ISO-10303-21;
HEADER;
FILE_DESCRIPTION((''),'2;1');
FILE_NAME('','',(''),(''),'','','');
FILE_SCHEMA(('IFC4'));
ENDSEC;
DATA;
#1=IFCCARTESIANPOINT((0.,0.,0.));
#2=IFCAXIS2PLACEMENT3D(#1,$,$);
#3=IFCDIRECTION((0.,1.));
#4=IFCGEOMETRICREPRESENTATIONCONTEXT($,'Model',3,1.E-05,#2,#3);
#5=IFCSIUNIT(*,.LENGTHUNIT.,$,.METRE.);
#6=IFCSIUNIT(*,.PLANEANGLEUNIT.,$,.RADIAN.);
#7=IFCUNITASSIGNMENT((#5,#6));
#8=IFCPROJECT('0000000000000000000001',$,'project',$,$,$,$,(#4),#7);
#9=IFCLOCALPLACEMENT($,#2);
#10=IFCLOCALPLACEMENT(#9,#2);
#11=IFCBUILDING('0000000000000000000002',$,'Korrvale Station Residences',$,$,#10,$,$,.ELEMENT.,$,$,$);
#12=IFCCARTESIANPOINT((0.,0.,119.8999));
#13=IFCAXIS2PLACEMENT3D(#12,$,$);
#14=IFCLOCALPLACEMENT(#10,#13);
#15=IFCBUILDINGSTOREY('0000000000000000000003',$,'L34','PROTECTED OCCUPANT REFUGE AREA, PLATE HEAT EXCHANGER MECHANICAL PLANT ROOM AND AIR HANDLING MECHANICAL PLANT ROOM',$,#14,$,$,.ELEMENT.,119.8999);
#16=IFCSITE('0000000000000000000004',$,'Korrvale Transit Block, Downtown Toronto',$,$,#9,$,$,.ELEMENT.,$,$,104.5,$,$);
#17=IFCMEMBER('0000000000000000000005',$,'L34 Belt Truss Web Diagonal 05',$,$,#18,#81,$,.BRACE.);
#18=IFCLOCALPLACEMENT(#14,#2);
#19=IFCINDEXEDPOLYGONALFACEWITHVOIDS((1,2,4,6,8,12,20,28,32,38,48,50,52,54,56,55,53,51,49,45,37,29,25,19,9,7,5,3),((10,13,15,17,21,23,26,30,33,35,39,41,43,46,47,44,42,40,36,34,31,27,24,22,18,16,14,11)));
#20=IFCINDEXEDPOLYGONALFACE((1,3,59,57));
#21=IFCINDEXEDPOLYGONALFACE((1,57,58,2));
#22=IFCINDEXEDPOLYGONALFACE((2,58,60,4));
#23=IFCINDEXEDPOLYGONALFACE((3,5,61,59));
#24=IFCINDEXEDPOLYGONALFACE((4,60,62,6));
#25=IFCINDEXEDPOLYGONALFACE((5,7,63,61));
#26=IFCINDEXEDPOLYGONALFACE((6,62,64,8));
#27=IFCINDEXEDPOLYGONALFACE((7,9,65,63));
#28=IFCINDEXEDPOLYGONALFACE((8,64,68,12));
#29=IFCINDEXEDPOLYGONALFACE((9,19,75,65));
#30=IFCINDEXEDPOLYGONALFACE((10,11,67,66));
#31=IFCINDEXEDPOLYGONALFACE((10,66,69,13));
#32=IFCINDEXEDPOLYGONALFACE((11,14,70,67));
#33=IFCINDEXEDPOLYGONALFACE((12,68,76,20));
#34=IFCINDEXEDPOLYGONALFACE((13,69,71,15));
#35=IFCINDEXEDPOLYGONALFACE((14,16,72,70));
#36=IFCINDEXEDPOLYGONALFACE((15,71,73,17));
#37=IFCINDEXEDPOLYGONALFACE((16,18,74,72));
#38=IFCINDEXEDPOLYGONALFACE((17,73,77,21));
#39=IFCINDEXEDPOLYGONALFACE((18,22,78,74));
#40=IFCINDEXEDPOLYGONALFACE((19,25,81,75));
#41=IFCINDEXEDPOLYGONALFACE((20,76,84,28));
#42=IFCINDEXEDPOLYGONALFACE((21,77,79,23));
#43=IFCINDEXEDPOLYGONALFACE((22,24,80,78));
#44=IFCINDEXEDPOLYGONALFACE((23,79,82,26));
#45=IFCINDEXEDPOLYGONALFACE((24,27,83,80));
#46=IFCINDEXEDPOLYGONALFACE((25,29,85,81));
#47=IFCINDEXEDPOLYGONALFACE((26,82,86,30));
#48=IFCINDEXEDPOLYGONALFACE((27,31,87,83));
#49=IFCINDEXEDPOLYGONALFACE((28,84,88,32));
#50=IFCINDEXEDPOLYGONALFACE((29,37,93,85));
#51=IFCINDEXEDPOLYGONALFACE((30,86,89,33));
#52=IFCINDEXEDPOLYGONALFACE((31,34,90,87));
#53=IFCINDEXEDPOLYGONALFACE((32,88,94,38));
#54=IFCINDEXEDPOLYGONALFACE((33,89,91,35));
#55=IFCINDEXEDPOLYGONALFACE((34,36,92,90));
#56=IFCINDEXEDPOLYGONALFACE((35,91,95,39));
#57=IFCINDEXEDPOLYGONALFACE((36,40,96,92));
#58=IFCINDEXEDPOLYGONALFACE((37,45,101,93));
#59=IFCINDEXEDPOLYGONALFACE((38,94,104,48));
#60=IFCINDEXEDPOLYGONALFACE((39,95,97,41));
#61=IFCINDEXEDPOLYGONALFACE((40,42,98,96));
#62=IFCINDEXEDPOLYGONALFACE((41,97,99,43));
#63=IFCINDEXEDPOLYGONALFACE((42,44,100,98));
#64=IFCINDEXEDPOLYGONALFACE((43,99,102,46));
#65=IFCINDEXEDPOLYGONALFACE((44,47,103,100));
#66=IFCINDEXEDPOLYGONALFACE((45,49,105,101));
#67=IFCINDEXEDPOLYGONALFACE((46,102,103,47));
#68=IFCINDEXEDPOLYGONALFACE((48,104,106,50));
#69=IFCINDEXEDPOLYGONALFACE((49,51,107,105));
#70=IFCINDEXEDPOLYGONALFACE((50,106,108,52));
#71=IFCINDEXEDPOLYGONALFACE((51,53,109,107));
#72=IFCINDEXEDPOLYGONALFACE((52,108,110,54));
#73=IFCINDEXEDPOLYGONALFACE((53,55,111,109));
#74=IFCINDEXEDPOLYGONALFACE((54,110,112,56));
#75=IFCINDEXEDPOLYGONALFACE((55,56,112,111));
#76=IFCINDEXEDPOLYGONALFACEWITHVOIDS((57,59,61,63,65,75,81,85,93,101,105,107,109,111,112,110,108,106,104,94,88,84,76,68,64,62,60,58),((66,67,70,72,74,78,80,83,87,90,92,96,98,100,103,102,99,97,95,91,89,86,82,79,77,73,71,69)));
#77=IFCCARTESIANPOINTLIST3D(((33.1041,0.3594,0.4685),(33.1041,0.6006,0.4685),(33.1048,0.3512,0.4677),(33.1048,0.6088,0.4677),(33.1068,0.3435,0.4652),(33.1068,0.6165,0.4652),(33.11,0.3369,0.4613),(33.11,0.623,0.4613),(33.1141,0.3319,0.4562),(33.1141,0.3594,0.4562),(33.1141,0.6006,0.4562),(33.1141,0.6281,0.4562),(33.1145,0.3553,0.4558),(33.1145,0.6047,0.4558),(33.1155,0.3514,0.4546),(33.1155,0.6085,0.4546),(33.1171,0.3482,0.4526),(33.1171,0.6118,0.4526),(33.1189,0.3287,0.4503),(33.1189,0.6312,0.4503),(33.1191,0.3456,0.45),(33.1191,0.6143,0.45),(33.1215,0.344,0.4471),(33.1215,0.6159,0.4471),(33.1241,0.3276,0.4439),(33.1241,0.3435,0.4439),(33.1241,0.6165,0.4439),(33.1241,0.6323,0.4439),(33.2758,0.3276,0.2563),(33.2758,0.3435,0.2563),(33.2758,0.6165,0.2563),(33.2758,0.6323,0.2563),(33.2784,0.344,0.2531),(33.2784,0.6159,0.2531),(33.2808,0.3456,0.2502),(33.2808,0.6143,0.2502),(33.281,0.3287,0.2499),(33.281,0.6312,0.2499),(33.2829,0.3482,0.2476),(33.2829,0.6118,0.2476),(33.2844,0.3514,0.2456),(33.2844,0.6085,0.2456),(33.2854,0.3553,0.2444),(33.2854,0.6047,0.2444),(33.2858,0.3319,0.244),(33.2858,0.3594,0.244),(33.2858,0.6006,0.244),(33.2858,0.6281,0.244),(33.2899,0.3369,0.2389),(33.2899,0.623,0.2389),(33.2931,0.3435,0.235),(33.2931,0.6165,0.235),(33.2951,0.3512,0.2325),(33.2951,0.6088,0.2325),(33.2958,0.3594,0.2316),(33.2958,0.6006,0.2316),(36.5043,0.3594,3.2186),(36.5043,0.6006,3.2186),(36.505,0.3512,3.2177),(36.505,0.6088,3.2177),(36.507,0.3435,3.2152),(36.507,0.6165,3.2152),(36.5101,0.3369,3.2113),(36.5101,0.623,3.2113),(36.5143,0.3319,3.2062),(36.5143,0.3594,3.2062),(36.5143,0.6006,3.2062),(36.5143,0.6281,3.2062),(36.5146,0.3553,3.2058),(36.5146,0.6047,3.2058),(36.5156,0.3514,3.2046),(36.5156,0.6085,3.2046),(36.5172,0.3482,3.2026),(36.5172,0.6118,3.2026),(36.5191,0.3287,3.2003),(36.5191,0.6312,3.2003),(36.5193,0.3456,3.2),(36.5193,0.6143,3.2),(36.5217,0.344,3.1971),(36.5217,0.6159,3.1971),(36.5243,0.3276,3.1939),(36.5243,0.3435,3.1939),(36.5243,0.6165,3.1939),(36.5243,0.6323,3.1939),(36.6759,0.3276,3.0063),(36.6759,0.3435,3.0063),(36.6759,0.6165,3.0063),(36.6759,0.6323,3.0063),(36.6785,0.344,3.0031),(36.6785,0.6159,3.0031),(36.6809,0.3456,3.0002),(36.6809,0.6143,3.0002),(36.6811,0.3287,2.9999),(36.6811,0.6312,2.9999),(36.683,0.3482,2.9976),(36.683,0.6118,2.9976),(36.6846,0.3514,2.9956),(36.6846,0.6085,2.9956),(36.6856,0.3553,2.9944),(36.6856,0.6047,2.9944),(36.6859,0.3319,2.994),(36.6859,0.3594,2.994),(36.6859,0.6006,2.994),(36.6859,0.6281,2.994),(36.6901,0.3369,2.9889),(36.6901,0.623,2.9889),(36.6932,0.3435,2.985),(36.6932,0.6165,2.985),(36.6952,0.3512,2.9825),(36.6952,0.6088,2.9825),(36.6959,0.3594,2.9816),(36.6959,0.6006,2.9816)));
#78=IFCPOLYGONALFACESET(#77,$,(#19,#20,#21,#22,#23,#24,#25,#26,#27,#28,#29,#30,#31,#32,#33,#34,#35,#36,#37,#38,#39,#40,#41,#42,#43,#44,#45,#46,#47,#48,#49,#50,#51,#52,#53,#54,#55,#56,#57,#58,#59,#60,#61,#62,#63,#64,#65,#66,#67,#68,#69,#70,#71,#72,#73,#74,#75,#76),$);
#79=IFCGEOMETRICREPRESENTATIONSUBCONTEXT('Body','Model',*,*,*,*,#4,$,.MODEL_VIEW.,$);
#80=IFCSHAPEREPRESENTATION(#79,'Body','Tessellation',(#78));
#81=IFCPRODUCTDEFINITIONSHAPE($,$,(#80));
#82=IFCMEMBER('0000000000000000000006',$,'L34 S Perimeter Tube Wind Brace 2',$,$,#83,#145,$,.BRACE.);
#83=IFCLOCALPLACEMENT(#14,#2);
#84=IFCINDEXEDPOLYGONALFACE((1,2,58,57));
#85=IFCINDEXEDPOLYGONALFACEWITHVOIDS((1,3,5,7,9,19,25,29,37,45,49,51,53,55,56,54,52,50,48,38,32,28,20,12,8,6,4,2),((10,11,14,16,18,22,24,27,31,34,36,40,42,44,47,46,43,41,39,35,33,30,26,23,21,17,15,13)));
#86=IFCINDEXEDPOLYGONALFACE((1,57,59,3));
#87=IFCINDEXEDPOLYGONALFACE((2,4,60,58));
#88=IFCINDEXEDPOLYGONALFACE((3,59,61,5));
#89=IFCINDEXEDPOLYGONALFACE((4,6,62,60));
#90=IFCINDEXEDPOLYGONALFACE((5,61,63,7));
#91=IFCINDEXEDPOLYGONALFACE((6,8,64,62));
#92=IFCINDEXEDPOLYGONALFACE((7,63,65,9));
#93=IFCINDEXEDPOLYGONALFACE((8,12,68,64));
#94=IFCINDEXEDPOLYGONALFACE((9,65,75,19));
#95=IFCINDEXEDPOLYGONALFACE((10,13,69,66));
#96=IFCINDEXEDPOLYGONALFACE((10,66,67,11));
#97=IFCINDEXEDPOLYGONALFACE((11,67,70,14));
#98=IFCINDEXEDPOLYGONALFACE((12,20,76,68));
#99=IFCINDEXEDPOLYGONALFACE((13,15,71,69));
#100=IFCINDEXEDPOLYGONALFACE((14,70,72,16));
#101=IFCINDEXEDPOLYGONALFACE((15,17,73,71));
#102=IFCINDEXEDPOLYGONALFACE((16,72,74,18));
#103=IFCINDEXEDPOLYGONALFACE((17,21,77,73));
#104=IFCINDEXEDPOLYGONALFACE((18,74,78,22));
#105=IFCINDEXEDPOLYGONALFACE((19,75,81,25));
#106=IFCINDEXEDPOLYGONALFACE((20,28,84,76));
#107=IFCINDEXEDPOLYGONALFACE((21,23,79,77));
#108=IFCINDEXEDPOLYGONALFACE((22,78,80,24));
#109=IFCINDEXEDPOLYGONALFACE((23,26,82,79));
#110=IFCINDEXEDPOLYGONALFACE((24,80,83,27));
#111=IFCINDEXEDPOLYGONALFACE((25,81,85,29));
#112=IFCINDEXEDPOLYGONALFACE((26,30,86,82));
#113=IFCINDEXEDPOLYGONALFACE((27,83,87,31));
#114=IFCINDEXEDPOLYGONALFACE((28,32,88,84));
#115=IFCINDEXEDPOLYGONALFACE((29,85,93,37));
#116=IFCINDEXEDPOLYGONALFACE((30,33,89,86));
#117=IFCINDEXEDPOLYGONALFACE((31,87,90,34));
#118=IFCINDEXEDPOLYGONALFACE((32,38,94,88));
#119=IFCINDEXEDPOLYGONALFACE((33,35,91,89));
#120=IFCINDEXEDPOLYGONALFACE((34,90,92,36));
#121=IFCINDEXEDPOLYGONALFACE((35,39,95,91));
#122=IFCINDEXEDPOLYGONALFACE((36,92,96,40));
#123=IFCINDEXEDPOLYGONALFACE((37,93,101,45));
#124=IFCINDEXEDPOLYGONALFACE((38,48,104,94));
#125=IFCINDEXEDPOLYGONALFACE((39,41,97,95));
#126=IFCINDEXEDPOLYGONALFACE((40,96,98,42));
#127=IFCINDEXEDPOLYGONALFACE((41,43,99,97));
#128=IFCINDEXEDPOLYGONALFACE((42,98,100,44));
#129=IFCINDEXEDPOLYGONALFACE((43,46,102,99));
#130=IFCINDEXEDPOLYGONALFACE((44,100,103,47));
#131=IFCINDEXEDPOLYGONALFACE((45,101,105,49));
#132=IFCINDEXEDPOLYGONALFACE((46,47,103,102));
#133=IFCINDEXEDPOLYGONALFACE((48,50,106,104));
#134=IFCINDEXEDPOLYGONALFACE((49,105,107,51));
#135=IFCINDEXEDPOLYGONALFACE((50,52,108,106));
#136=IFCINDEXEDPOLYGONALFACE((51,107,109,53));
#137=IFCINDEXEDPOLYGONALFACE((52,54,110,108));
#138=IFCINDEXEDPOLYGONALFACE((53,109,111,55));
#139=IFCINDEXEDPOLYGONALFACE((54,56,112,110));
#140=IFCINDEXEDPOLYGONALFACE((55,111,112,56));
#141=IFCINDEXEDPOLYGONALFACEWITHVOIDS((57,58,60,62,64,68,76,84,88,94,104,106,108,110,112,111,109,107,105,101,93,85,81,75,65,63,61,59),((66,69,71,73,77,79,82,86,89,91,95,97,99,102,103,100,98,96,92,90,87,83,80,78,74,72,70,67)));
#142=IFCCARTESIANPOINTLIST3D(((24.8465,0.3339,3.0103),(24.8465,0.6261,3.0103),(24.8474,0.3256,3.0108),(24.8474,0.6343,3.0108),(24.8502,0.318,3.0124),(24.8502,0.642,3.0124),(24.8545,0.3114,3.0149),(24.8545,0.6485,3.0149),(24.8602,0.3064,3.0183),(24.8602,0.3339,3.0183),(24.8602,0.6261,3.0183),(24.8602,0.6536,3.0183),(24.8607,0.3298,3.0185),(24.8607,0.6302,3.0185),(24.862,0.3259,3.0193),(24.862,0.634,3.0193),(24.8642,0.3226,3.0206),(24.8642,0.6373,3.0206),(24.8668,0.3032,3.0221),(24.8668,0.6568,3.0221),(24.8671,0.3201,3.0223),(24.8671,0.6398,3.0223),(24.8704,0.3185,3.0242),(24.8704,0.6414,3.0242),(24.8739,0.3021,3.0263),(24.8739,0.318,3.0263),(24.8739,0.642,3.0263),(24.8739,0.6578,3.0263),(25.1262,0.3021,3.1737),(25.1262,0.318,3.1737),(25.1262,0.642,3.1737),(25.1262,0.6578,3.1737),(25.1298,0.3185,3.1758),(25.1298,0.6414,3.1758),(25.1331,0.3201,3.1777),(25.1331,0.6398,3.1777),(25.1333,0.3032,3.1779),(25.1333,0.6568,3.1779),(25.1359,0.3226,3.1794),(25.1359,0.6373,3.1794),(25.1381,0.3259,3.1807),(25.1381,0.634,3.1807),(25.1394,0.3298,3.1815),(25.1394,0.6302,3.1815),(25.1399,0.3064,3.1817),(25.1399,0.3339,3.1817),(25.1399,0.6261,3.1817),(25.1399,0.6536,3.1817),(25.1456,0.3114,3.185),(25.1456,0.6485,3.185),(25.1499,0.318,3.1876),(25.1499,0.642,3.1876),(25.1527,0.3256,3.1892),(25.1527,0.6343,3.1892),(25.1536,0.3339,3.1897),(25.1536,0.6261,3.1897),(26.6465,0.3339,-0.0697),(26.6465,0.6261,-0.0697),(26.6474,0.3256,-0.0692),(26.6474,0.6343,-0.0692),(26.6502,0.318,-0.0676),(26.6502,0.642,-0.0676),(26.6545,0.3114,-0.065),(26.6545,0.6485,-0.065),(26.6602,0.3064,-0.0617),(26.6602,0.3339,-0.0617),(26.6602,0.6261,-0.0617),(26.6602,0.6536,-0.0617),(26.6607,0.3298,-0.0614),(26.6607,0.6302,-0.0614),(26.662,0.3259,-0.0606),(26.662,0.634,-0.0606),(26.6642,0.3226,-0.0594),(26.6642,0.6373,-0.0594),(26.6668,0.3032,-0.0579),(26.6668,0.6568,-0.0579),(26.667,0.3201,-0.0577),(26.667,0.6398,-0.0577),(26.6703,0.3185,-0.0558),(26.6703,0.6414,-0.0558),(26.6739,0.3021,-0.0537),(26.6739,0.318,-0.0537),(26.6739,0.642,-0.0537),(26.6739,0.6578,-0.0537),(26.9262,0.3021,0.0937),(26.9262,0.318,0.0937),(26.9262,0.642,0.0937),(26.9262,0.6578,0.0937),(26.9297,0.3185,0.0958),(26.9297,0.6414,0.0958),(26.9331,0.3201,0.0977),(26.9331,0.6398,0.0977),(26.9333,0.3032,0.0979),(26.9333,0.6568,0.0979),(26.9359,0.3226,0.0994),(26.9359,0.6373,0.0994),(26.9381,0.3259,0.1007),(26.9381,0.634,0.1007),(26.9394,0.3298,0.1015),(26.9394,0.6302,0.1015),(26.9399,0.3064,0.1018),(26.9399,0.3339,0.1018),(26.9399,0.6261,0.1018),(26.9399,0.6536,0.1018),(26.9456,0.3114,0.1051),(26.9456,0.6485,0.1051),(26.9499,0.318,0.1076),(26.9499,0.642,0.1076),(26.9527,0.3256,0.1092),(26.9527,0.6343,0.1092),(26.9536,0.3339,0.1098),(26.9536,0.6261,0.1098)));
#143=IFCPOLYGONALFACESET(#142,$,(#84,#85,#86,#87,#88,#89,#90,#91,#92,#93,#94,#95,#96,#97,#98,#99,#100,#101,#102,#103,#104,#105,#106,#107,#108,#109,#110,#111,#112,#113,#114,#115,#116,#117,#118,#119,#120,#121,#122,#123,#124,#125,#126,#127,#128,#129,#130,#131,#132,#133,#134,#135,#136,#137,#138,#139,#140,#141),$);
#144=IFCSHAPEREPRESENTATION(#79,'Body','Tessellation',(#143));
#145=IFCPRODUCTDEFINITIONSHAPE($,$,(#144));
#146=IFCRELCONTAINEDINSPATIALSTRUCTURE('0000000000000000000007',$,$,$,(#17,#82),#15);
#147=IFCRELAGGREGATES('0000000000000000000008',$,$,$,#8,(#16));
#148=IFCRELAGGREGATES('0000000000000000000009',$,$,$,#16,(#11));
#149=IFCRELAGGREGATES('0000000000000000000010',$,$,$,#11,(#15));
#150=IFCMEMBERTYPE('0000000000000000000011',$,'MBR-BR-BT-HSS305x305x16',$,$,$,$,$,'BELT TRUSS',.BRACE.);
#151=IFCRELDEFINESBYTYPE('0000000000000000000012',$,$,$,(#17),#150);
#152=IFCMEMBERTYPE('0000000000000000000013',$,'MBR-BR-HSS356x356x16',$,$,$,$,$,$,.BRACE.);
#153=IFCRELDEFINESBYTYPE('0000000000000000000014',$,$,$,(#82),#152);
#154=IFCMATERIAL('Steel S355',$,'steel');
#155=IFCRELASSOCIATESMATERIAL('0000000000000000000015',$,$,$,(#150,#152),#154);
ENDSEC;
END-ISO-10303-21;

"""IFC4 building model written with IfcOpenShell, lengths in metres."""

from ifc_helpers import new_model, si_unit, direction, frame, origin, origin_2d, place, context, subcontext, project, spatial, hollow_rectangle, extrude, material, material_profile, profile_set, type_object, element, save


model = new_model("IFC4")

# Units and contexts
model_context = context("Model", 3, precision=1e-05, world=origin(), true_north=direction((0.0, 1.0)))
body_context = subcontext(model_context, "Body", "Model", "MODEL_VIEW")
ifc_project = project(units=[si_unit("LENGTHUNIT", "METRE"), si_unit("PLANEANGLEUNIT", "RADIAN")], contexts=[model_context])

# Site, building, storey
site_placement = place(None, origin())
site = spatial("IfcSite", under=ifc_project, at=site_placement, Name="Korrvale Transit Block, Downtown Toronto", CompositionType="ELEMENT", RefElevation=104.5)
building_placement = place(site_placement, origin())
building = spatial("IfcBuilding", under=site, at=building_placement, Name="Korrvale Station Residences", CompositionType="ELEMENT")
storey_placement = place(building_placement, frame((0.0, 0.0, 119.8999)))
storey = spatial("IfcBuildingStorey", under=building, at=storey_placement, Name="L34", Description="PROTECTED OCCUPANT REFUGE AREA, PLATE HEAT EXCHANGER MECHANICAL PLANT ROOM AND AIR HANDLING MECHANICAL PLANT ROOM", CompositionType="ELEMENT", Elevation=119.8999)

# Members
ifc_material_1 = material(Name="Steel S355", Category="steel")
ifc_material_profile_1 = material_profile(ifc_material_1, hollow_rectangle(XDim=0.3047, YDim=0.3047, WallThickness=0.0159, InnerFilletRadius=0.0159, OuterFilletRadius=0.0317, at=origin_2d()), Name="HSS305x305x16")
ifc_profile_set_1 = profile_set([ifc_material_profile_1], Name="Steel S355")
member_type_1 = type_object("IfcMemberType", Name="MBR-BR-BT-HSS305x305x16", ElementType="BELT TRUSS", PredefinedType="BRACE", material=ifc_profile_set_1)
member_1_placement = place(storey_placement, frame((33.2, 0.48, 0.3501), z_axis=(0.777524, 0.0, 0.628853), x_axis=(0.0, 1.0, 0.0)))
element("IfcMember", 1, at=member_1_placement, inside=storey, type_object=member_type_1, Name="L34 Belt Truss Web Diagonal 05", PredefinedType="BRACE", context=body_context, shape_type="SweptSolid", body=[
    extrude(hollow_rectangle(XDim=0.3047, YDim=0.3047, WallThickness=0.0159, InnerFilletRadius=0.0159, OuterFilletRadius=0.0317, at=origin_2d()), origin(), (0.0, 0.0, 1.0), 4.373),
])
ifc_material_profile_2 = material_profile(ifc_material_1, hollow_rectangle(XDim=0.3557, YDim=0.3557, WallThickness=0.0159, InnerFilletRadius=0.0159, OuterFilletRadius=0.0317, at=origin_2d()), Name="HSS356x356x16")
ifc_profile_set_2 = profile_set([ifc_material_profile_2], Name="Steel S355")
member_type_2 = type_object("IfcMemberType", Name="MBR-BR-HSS356x356x16", PredefinedType="BRACE", material=ifc_profile_set_2)
member_2_placement = place(storey_placement, frame((26.8, 0.48, 0.02), z_axis=(-0.504569, 0.0, 0.863372), x_axis=(0.0, -1.0, 0.0)))
element("IfcMember", 2, at=member_2_placement, inside=storey, type_object=member_type_2, Name="L34 S Perimeter Tube Wind Brace 2", PredefinedType="BRACE", context=body_context, shape_type="SweptSolid", body=[
    extrude(hollow_rectangle(XDim=0.3557, YDim=0.3557, WallThickness=0.0159, InnerFilletRadius=0.0159, OuterFilletRadius=0.0317, at=origin_2d()), origin(), (0.0, 0.0, 1.0), 3.5674),
])

save(model, "model.ifc")
